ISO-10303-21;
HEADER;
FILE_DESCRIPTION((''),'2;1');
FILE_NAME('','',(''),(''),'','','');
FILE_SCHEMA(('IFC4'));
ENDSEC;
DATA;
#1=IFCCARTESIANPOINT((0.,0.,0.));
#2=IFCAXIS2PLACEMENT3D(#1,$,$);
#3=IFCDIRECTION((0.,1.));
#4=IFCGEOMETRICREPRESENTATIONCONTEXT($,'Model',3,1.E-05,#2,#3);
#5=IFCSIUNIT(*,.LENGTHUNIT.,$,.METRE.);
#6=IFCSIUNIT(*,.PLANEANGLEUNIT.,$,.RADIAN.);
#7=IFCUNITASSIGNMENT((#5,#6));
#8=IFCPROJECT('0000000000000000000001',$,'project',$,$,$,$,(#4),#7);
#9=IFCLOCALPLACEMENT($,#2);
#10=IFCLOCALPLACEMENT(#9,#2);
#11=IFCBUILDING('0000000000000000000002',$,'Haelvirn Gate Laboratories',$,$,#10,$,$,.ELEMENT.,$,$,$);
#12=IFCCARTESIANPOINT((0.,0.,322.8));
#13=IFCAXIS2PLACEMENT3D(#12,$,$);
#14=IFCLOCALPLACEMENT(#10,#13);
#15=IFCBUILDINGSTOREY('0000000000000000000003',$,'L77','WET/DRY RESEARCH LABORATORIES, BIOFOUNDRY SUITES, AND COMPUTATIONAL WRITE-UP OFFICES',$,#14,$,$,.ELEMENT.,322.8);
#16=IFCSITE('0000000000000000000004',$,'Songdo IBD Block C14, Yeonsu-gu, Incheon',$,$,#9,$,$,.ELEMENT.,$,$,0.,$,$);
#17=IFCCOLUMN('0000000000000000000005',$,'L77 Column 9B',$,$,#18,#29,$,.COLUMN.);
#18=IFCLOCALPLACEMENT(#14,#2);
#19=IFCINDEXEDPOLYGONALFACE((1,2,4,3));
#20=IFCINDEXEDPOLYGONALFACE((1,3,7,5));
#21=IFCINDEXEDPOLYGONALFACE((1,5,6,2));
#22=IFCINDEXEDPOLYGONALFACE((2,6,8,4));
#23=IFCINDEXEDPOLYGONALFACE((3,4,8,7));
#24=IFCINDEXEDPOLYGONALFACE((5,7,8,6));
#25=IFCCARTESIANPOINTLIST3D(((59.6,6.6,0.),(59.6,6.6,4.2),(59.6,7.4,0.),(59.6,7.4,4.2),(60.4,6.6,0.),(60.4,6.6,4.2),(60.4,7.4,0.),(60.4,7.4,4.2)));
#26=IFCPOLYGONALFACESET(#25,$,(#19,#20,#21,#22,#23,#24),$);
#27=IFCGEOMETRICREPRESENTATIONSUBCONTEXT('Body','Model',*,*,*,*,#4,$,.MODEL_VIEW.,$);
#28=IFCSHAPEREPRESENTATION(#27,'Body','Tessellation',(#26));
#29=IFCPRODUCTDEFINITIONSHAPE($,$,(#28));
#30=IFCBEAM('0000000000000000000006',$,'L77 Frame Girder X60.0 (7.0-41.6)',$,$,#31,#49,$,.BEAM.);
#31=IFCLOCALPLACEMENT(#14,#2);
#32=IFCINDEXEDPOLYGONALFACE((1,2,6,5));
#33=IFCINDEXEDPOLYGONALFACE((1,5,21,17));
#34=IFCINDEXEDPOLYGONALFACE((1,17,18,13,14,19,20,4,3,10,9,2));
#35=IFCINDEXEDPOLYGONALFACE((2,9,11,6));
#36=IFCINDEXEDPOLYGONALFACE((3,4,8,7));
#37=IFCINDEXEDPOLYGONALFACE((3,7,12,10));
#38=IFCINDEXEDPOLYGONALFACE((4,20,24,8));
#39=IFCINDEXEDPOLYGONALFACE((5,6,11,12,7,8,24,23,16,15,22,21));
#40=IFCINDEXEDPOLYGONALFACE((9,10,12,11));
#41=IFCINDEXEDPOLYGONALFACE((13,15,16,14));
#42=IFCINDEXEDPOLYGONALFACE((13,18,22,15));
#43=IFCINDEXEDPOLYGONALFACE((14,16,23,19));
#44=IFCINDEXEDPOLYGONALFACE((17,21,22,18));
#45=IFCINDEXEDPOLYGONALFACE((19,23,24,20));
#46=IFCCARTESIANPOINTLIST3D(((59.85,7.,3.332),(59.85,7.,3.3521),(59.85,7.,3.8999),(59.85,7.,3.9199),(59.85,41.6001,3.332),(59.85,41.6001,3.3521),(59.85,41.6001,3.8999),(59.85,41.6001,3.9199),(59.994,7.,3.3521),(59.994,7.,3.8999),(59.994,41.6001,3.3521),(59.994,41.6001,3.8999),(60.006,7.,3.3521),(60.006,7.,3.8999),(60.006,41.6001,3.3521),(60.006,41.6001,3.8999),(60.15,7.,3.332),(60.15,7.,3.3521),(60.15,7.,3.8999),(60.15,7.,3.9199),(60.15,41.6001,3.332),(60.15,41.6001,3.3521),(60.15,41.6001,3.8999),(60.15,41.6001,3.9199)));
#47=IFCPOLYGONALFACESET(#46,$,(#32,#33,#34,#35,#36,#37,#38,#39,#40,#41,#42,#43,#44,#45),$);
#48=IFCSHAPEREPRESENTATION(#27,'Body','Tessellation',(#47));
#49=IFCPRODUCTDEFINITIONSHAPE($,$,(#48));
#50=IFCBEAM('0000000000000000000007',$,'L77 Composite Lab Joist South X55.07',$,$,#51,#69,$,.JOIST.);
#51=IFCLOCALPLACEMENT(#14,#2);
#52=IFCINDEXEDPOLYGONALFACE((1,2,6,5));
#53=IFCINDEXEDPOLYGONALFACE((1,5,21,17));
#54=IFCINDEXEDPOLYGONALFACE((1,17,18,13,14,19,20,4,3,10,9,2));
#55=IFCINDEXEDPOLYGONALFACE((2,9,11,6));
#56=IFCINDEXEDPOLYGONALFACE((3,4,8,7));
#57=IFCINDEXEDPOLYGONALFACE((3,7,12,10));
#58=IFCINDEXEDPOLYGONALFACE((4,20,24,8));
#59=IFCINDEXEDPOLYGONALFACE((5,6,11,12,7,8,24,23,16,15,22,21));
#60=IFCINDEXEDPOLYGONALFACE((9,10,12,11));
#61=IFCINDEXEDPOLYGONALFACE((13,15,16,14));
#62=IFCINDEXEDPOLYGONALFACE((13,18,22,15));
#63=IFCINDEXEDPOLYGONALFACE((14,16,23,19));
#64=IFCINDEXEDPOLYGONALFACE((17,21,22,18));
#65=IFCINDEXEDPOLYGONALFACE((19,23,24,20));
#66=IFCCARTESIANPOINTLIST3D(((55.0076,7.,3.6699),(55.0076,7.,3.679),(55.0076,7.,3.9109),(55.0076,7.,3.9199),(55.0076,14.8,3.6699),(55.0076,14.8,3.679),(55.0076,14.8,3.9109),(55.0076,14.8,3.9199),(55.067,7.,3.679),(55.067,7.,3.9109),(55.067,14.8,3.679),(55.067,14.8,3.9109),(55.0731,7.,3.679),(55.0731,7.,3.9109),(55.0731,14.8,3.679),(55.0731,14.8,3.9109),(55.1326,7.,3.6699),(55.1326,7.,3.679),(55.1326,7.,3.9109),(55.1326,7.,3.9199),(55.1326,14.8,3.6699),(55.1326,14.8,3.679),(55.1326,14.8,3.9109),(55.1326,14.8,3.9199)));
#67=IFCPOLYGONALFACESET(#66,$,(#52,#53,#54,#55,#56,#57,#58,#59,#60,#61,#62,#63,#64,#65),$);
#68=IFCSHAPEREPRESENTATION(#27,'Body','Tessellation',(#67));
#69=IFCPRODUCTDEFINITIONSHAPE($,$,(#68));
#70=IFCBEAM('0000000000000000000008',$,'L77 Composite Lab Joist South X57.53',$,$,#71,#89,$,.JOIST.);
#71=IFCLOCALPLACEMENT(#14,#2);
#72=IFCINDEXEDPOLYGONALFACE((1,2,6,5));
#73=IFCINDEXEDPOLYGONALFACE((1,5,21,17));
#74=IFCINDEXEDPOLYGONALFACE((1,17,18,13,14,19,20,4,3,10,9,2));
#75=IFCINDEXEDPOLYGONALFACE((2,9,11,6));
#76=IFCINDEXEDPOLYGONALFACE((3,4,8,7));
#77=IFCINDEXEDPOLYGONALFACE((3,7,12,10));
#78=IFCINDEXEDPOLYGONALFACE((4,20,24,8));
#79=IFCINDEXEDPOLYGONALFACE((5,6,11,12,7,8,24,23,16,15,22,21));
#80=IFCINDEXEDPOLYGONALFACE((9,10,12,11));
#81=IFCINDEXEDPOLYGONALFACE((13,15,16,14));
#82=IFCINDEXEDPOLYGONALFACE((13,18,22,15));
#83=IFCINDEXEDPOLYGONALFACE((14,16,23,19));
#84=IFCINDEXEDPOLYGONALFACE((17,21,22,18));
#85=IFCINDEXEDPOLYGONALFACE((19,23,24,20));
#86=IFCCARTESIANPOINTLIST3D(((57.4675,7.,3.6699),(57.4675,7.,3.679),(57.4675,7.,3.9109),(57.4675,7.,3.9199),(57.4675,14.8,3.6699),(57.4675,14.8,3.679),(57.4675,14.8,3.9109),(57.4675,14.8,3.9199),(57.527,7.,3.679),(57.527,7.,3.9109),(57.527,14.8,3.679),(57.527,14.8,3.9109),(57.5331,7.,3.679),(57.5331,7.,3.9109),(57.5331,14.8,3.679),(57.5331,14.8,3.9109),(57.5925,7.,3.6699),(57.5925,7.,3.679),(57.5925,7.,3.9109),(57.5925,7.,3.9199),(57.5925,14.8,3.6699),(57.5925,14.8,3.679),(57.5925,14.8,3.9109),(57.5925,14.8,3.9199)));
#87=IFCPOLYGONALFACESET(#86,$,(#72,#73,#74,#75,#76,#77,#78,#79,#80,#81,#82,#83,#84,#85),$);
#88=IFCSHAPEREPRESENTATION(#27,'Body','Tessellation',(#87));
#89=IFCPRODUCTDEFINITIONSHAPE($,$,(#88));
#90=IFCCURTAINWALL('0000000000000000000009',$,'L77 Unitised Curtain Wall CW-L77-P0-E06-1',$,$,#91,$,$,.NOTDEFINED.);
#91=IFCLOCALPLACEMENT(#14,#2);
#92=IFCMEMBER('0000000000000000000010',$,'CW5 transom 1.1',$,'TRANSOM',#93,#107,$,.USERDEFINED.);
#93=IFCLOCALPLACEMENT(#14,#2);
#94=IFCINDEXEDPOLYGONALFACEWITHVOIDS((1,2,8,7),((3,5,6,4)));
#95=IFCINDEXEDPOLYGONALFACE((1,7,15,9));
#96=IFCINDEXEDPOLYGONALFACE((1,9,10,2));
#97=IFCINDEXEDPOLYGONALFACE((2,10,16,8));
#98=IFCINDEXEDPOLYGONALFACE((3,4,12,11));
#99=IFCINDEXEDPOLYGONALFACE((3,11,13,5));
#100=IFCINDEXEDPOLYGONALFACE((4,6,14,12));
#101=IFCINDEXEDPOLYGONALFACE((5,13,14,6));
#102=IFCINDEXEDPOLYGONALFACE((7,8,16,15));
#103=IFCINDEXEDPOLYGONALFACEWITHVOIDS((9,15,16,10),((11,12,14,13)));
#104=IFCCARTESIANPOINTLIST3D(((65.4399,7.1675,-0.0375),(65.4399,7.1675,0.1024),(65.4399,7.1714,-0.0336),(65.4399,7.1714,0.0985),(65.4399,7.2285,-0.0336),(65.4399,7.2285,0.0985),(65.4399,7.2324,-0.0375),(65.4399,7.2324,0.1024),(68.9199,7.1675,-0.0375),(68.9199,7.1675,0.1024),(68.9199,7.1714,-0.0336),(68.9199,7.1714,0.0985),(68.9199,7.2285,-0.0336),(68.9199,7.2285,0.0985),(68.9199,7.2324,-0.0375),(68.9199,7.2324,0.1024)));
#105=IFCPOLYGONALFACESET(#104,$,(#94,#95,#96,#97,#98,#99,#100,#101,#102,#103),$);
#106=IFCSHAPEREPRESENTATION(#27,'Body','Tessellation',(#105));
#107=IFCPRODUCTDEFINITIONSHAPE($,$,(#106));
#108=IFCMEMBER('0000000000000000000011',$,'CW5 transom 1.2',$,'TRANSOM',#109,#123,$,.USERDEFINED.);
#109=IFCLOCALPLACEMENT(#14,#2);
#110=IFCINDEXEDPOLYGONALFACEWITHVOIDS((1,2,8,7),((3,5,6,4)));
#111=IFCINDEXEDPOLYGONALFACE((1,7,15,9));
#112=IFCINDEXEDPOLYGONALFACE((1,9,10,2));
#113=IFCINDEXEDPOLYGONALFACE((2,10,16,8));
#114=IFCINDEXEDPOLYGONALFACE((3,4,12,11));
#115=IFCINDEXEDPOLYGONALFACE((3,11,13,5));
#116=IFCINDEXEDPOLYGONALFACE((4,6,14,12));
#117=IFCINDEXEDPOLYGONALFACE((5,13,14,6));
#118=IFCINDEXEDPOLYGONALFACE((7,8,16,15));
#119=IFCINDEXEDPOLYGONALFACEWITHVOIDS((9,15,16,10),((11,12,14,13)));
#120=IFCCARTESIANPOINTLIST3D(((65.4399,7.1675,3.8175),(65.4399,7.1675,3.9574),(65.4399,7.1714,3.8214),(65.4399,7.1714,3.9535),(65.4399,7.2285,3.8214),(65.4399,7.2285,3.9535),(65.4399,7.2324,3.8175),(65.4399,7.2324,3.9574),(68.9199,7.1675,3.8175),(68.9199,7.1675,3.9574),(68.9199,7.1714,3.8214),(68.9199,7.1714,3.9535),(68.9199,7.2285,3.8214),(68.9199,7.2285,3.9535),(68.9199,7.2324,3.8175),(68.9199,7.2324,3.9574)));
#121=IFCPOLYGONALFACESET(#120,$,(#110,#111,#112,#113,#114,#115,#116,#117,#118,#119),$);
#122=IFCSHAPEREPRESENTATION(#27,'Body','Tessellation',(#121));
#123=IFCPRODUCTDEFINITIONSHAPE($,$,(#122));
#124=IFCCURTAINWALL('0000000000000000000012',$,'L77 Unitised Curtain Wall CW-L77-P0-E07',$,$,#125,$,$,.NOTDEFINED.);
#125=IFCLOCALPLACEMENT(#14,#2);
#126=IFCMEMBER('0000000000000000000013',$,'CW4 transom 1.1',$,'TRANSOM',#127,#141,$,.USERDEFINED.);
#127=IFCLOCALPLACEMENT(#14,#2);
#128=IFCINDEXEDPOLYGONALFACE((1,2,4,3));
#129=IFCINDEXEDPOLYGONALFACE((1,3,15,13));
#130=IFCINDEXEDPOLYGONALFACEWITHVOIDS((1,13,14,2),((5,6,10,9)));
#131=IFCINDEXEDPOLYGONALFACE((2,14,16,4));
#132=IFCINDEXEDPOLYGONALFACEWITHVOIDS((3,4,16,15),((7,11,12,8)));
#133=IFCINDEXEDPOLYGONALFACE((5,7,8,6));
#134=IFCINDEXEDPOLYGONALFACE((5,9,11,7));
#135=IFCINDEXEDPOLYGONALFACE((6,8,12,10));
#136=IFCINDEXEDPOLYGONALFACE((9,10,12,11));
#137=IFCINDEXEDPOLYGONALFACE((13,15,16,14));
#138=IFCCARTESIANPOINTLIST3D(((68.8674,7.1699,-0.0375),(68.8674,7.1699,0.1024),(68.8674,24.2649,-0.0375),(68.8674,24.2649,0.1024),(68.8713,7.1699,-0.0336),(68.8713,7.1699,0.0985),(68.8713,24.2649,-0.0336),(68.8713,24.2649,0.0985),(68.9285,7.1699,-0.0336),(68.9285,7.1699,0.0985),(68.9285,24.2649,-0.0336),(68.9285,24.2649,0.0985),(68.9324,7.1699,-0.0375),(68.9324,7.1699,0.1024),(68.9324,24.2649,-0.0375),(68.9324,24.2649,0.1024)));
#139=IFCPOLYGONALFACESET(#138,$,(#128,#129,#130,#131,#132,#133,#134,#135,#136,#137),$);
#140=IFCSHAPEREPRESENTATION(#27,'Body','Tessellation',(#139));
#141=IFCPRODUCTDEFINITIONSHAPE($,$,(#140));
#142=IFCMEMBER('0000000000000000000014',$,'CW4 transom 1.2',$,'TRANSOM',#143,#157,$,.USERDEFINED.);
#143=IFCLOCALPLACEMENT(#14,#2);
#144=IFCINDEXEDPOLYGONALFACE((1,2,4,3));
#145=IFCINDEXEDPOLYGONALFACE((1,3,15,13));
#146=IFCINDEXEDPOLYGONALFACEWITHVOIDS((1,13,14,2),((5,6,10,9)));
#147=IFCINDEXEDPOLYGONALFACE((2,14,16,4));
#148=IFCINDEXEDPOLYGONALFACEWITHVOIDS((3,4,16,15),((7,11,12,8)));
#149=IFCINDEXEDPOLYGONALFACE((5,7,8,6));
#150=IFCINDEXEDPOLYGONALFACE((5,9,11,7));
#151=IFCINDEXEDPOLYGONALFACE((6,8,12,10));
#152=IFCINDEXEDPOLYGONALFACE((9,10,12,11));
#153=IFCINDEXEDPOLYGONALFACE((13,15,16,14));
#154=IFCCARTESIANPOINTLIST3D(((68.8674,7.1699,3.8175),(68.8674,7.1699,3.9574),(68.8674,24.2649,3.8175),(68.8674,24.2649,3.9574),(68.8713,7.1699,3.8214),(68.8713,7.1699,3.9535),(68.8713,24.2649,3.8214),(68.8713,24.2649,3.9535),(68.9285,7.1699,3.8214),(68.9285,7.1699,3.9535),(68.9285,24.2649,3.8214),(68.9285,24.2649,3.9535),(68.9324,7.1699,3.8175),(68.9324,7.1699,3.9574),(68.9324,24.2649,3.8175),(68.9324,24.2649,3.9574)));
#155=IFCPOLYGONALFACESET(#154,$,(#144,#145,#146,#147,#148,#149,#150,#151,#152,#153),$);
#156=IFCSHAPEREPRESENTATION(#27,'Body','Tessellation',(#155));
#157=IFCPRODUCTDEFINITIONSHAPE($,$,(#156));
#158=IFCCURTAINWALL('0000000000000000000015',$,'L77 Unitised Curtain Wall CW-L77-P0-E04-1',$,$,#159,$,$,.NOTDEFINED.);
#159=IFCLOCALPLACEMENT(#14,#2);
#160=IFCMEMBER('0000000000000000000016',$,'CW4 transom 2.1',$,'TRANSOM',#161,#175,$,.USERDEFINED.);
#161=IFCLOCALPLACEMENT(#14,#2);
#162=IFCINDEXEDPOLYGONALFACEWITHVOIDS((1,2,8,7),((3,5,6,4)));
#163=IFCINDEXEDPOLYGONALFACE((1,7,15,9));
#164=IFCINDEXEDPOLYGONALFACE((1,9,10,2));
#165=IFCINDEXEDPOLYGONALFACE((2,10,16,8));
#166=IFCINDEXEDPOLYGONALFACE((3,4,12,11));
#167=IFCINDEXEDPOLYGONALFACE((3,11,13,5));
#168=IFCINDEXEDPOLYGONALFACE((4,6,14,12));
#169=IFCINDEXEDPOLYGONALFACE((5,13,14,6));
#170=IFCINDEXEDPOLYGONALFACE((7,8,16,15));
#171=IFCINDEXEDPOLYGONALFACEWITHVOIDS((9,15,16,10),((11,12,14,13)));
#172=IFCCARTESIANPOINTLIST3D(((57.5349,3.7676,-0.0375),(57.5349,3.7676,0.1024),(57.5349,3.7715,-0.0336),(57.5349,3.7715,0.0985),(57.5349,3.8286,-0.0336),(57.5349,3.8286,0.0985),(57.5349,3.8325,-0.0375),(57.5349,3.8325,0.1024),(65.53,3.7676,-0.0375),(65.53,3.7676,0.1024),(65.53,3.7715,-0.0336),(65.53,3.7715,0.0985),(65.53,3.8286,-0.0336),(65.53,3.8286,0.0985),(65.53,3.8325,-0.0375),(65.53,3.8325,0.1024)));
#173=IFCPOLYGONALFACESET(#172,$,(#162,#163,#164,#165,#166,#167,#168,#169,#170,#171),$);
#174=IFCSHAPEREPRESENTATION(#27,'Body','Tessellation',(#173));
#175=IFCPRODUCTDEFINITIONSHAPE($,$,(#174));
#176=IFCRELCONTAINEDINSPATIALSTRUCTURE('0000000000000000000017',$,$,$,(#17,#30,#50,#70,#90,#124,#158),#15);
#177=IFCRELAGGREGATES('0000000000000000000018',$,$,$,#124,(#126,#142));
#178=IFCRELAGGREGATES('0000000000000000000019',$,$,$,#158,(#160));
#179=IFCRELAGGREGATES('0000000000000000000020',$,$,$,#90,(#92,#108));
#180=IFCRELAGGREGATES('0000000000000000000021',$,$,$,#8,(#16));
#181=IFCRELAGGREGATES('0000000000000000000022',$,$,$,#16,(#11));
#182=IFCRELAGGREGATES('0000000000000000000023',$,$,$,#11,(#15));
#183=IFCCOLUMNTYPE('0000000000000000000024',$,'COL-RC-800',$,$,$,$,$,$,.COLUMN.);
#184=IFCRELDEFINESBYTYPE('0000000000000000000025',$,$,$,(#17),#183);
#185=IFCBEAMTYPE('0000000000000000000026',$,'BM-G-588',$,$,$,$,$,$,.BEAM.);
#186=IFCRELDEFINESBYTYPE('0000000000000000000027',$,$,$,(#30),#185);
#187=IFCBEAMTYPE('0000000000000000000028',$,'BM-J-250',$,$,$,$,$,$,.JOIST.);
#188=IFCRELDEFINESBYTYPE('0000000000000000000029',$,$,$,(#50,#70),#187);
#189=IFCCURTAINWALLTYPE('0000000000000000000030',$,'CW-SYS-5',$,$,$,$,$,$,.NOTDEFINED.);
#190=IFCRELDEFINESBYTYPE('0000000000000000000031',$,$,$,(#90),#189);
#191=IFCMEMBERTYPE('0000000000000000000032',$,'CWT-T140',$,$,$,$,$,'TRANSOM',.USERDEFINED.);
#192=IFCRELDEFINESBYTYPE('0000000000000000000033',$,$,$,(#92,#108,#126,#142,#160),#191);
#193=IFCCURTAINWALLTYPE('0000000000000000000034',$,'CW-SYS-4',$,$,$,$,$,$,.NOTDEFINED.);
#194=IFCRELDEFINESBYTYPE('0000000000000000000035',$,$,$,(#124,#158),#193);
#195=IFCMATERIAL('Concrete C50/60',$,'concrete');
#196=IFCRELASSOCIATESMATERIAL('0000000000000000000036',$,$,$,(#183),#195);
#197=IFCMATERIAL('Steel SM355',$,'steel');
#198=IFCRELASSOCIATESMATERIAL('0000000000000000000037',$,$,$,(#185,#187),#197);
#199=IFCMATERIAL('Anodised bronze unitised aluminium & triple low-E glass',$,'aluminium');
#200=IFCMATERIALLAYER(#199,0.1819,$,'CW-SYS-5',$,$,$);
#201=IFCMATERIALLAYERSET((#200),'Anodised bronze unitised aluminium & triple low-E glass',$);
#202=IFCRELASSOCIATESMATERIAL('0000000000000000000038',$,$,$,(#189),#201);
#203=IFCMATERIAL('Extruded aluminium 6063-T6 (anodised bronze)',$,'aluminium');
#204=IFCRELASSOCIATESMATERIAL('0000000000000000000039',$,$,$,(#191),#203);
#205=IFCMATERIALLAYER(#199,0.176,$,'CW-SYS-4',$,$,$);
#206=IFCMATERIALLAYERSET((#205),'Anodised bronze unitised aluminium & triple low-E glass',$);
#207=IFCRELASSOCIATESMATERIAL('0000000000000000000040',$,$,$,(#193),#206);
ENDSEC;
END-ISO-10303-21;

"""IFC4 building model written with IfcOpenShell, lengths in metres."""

from ifc_helpers import new_model, si_unit, direction, frame, origin, origin_2d, place, context, subcontext, project, spatial, rectangle, hollow_rectangle, i_section, extrude, source, transform, mapped, material, layer, layer_set, material_profile, profile_set, type_object, type_shapes, element, aggregate, save


model = new_model("IFC4")

# Units and contexts
model_context = context("Model", 3, precision=1e-05, world=origin(), true_north=direction((0.0, 1.0)))
body_context = subcontext(model_context, "Body", "Model", "MODEL_VIEW")
ifc_project = project(units=[si_unit("LENGTHUNIT", "METRE"), si_unit("PLANEANGLEUNIT", "RADIAN")], contexts=[model_context])

# Site, building, storey
site_placement = place(None, origin())
site = spatial("IfcSite", under=ifc_project, at=site_placement, Name="Songdo IBD Block C14, Yeonsu-gu, Incheon", CompositionType="ELEMENT", RefElevation=0.0)
building_placement = place(site_placement, origin())
building = spatial("IfcBuilding", under=site, at=building_placement, Name="Haelvirn Gate Laboratories", CompositionType="ELEMENT")
storey_placement = place(building_placement, frame((0.0, 0.0, 322.8)))
storey = spatial("IfcBuildingStorey", under=building, at=storey_placement, Name="L77", Description="WET/DRY RESEARCH LABORATORIES, BIOFOUNDRY SUITES, AND COMPUTATIONAL WRITE-UP OFFICES", CompositionType="ELEMENT", Elevation=322.8)

# Column
ifc_material_1 = material(Name="Concrete C50/60", Category="concrete")
ifc_material_profile_1 = material_profile(ifc_material_1, rectangle(XDim=0.8, YDim=0.8, at=origin_2d()), Name="RC-800x800")
ifc_profile_set_1 = profile_set([ifc_material_profile_1], Name="Concrete C50/60")
column_type = type_object("IfcColumnType", Name="COL-RC-800", PredefinedType="COLUMN", material=ifc_profile_set_1)
shared_shape_1 = source(origin(), body_context, "Body", "SweptSolid", [
    extrude(rectangle(XDim=0.8, YDim=0.8, at=origin_2d()), origin(), (0.0, 0.0, 1.0), 4.2),
])
type_shapes(column_type, [shared_shape_1])
column_placement = place(storey_placement, frame((60.0, 7.0, 0.0), z_axis=(0.0, 0.0, 1.0), x_axis=(1.0, 0.0, 0.0)))
element("IfcColumn", 1, at=column_placement, inside=storey, type_object=column_type, Name="L77 Column 9B", PredefinedType="COLUMN", context=body_context, shape_type="MappedRepresentation", body=[
    mapped(shared_shape_1, transform((0.0, 0.0, 0.0), scale=1.0)),
])

# Beams
ifc_material_2 = material(Name="Steel SM355", Category="steel")
ifc_material_profile_2 = material_profile(ifc_material_2, i_section(OverallWidth=0.3, OverallDepth=0.5879, WebThickness=0.012, FlangeThickness=0.02, at=origin_2d()), Name="H-588x300x12x20")
ifc_profile_set_2 = profile_set([ifc_material_profile_2], Name="Steel SM355")
beam_type_1 = type_object("IfcBeamType", Name="BM-G-588", PredefinedType="BEAM", material=ifc_profile_set_2)
shared_shape_2 = source(origin(), body_context, "Body", "SweptSolid", [
    extrude(i_section(OverallWidth=0.3, OverallDepth=0.5879, WebThickness=0.012, FlangeThickness=0.02, at=origin_2d()), origin(), (0.0, 0.0, 1.0), 34.6001),
])
type_shapes(beam_type_1, [shared_shape_2])
beam_placement = place(storey_placement, frame((60.0, 7.0, 3.626), z_axis=(0.0, 1.0, 0.0), x_axis=(-1.0, 0.0, 0.0)))
element("IfcBeam", 2, at=beam_placement, inside=storey, type_object=beam_type_1, Name="L77 Frame Girder X60.0 (7.0-41.6)", PredefinedType="BEAM", context=body_context, shape_type="MappedRepresentation", body=[
    mapped(shared_shape_2, transform((0.0, 0.0, 0.0), scale=1.0)),
])
ifc_material_profile_3 = material_profile(ifc_material_2, i_section(OverallWidth=0.125, OverallDepth=0.25, WebThickness=0.0061, FlangeThickness=0.009, at=origin_2d()), Name="H-250x125x6x9")
ifc_profile_set_3 = profile_set([ifc_material_profile_3], Name="Steel SM355")
beam_type_2 = type_object("IfcBeamType", Name="BM-J-250", PredefinedType="JOIST", material=ifc_profile_set_3)
shared_shape_3 = source(origin(), body_context, "Body", "SweptSolid", [
    extrude(i_section(OverallWidth=0.125, OverallDepth=0.25, WebThickness=0.0061, FlangeThickness=0.009, at=origin_2d()), origin(), (0.0, 0.0, 1.0), 7.8),
])
type_shapes(beam_type_2, [shared_shape_3])
for number, where, z_axis, x_axis, name in (
    (3, (55.0701, 7.0, 3.7949), (0.0, 1.0, 0.0), (-1.0, 0.0, 0.0), "L77 Composite Lab Joist South X55.07"),
    (4, (57.53, 7.0, 3.7949), (0.0, 1.0, 0.0), (-1.0, 0.0, 0.0), "L77 Composite Lab Joist South X57.53"),
):
    element("IfcBeam", number, at=place(storey_placement, frame(where, z_axis=z_axis, x_axis=x_axis)), inside=storey, type_object=beam_type_2, Name=name, PredefinedType="JOIST", context=body_context, shape_type="MappedRepresentation", body=[
        mapped(shared_shape_3, transform((0.0, 0.0, 0.0), scale=1.0)),
    ])

# Curtain walls, members
ifc_material_3 = material(Name="Anodised bronze unitised aluminium & triple low-E glass", Category="aluminium")
ifc_layer_1 = layer(ifc_material_3, 0.1819, Name="CW-SYS-5")
ifc_layer_set_1 = layer_set([ifc_layer_1], Name="Anodised bronze unitised aluminium & triple low-E glass")
curtain_wall_type_1 = type_object("IfcCurtainWallType", Name="CW-SYS-5", PredefinedType="NOTDEFINED", material=ifc_layer_set_1)
curtain_wall_1_placement = place(storey_placement, origin())
curtain_wall_1 = element("IfcCurtainWall", 5, at=curtain_wall_1_placement, inside=storey, type_object=curtain_wall_type_1, Name="L77 Unitised Curtain Wall CW-L77-P0-E06-1", PredefinedType="NOTDEFINED")
ifc_material_4 = material(Name="Extruded aluminium 6063-T6 (anodised bronze)", Category="aluminium")
ifc_material_profile_4 = material_profile(ifc_material_4, hollow_rectangle(XDim=0.0649, YDim=0.1399, WallThickness=0.0039, at=origin_2d()), Name="CWT-140x65x4")
ifc_profile_set_4 = profile_set([ifc_material_profile_4], Name="Extruded aluminium 6063-T6 (anodised bronze)")
member_type_1 = type_object("IfcMemberType", Name="CWT-T140", ElementType="TRANSOM", PredefinedType="USERDEFINED", material=ifc_profile_set_4)
shared_shape_4 = source(origin(), body_context, "Body", "SweptSolid", [
    extrude(hollow_rectangle(XDim=0.0649, YDim=0.1399, WallThickness=0.0039, at=origin_2d()), origin(), (0.0, 0.0, 1.0), 3.48),
])
member_1_placement = place(storey_placement, frame((65.4399, 7.2, 0.0325), z_axis=(1.0, 0.0, 0.0), x_axis=(0.0, 1.0, 0.0)))
member_1 = element("IfcMember", 6, at=member_1_placement, type_object=member_type_1, Name="CW5 transom 1.1", ObjectType="TRANSOM", PredefinedType="USERDEFINED", context=body_context, shape_type="MappedRepresentation", body=[
    mapped(shared_shape_4, transform((0.0, 0.0, 0.0), scale=1.0)),
])
member_2_placement = place(storey_placement, frame((65.4399, 7.2, 3.8875), z_axis=(1.0, 0.0, 0.0), x_axis=(0.0, 1.0, 0.0)))
member_2 = element("IfcMember", 7, at=member_2_placement, type_object=member_type_1, Name="CW5 transom 1.2", ObjectType="TRANSOM", PredefinedType="USERDEFINED", context=body_context, shape_type="MappedRepresentation", body=[
    mapped(shared_shape_4, transform((0.0, 0.0, 0.0), scale=1.0)),
])
ifc_layer_2 = layer(ifc_material_3, 0.176, Name="CW-SYS-4")
ifc_layer_set_2 = layer_set([ifc_layer_2], Name="Anodised bronze unitised aluminium & triple low-E glass")
curtain_wall_type_2 = type_object("IfcCurtainWallType", Name="CW-SYS-4", PredefinedType="NOTDEFINED", material=ifc_layer_set_2)
curtain_wall_2_placement = place(storey_placement, origin())
curtain_wall_2 = element("IfcCurtainWall", 8, at=curtain_wall_2_placement, inside=storey, type_object=curtain_wall_type_2, Name="L77 Unitised Curtain Wall CW-L77-P0-E07", PredefinedType="NOTDEFINED")
shared_shape_5 = source(origin(), body_context, "Body", "SweptSolid", [
    extrude(hollow_rectangle(XDim=0.0649, YDim=0.1399, WallThickness=0.0039, at=origin_2d()), origin(), (0.0, 0.0, 1.0), 17.095),
])
member_3_placement = place(storey_placement, frame((68.8999, 7.1699, 0.0325), z_axis=(0.0, 1.0, 0.0), x_axis=(-1.0, 0.0, 0.0)))
member_3 = element("IfcMember", 9, at=member_3_placement, type_object=member_type_1, Name="CW4 transom 1.1", ObjectType="TRANSOM", PredefinedType="USERDEFINED", context=body_context, shape_type="MappedRepresentation", body=[
    mapped(shared_shape_5, transform((0.0, 0.0, 0.0), scale=1.0)),
])
member_4_placement = place(storey_placement, frame((68.8999, 7.1699, 3.8875), z_axis=(0.0, 1.0, 0.0), x_axis=(-1.0, 0.0, 0.0)))
member_4 = element("IfcMember", 10, at=member_4_placement, type_object=member_type_1, Name="CW4 transom 1.2", ObjectType="TRANSOM", PredefinedType="USERDEFINED", context=body_context, shape_type="MappedRepresentation", body=[
    mapped(shared_shape_5, transform((0.0, 0.0, 0.0), scale=1.0)),
])
curtain_wall_3_placement = place(storey_placement, origin())
curtain_wall_3 = element("IfcCurtainWall", 11, at=curtain_wall_3_placement, inside=storey, type_object=curtain_wall_type_2, Name="L77 Unitised Curtain Wall CW-L77-P0-E04-1", PredefinedType="NOTDEFINED")
shared_shape_6 = source(origin(), body_context, "Body", "SweptSolid", [
    extrude(hollow_rectangle(XDim=0.0649, YDim=0.1399, WallThickness=0.0039, at=origin_2d()), origin(), (0.0, 0.0, 1.0), 7.9951),
])
type_shapes(member_type_1, [shared_shape_4, shared_shape_5, shared_shape_6])
member_5_placement = place(storey_placement, frame((57.5349, 3.8, 0.0325), z_axis=(1.0, 0.0, 0.0), x_axis=(0.0, 1.0, 0.0)))
member_5 = element("IfcMember", 12, at=member_5_placement, type_object=member_type_1, Name="CW4 transom 2.1", ObjectType="TRANSOM", PredefinedType="USERDEFINED", context=body_context, shape_type="MappedRepresentation", body=[
    mapped(shared_shape_6, transform((0.0, 0.0, 0.0), scale=1.0)),
])

aggregate(curtain_wall_2, [member_3, member_4])

aggregate(curtain_wall_3, [member_5])
aggregate(curtain_wall_1, [member_1, member_2])

save(model, "model.ifc")
